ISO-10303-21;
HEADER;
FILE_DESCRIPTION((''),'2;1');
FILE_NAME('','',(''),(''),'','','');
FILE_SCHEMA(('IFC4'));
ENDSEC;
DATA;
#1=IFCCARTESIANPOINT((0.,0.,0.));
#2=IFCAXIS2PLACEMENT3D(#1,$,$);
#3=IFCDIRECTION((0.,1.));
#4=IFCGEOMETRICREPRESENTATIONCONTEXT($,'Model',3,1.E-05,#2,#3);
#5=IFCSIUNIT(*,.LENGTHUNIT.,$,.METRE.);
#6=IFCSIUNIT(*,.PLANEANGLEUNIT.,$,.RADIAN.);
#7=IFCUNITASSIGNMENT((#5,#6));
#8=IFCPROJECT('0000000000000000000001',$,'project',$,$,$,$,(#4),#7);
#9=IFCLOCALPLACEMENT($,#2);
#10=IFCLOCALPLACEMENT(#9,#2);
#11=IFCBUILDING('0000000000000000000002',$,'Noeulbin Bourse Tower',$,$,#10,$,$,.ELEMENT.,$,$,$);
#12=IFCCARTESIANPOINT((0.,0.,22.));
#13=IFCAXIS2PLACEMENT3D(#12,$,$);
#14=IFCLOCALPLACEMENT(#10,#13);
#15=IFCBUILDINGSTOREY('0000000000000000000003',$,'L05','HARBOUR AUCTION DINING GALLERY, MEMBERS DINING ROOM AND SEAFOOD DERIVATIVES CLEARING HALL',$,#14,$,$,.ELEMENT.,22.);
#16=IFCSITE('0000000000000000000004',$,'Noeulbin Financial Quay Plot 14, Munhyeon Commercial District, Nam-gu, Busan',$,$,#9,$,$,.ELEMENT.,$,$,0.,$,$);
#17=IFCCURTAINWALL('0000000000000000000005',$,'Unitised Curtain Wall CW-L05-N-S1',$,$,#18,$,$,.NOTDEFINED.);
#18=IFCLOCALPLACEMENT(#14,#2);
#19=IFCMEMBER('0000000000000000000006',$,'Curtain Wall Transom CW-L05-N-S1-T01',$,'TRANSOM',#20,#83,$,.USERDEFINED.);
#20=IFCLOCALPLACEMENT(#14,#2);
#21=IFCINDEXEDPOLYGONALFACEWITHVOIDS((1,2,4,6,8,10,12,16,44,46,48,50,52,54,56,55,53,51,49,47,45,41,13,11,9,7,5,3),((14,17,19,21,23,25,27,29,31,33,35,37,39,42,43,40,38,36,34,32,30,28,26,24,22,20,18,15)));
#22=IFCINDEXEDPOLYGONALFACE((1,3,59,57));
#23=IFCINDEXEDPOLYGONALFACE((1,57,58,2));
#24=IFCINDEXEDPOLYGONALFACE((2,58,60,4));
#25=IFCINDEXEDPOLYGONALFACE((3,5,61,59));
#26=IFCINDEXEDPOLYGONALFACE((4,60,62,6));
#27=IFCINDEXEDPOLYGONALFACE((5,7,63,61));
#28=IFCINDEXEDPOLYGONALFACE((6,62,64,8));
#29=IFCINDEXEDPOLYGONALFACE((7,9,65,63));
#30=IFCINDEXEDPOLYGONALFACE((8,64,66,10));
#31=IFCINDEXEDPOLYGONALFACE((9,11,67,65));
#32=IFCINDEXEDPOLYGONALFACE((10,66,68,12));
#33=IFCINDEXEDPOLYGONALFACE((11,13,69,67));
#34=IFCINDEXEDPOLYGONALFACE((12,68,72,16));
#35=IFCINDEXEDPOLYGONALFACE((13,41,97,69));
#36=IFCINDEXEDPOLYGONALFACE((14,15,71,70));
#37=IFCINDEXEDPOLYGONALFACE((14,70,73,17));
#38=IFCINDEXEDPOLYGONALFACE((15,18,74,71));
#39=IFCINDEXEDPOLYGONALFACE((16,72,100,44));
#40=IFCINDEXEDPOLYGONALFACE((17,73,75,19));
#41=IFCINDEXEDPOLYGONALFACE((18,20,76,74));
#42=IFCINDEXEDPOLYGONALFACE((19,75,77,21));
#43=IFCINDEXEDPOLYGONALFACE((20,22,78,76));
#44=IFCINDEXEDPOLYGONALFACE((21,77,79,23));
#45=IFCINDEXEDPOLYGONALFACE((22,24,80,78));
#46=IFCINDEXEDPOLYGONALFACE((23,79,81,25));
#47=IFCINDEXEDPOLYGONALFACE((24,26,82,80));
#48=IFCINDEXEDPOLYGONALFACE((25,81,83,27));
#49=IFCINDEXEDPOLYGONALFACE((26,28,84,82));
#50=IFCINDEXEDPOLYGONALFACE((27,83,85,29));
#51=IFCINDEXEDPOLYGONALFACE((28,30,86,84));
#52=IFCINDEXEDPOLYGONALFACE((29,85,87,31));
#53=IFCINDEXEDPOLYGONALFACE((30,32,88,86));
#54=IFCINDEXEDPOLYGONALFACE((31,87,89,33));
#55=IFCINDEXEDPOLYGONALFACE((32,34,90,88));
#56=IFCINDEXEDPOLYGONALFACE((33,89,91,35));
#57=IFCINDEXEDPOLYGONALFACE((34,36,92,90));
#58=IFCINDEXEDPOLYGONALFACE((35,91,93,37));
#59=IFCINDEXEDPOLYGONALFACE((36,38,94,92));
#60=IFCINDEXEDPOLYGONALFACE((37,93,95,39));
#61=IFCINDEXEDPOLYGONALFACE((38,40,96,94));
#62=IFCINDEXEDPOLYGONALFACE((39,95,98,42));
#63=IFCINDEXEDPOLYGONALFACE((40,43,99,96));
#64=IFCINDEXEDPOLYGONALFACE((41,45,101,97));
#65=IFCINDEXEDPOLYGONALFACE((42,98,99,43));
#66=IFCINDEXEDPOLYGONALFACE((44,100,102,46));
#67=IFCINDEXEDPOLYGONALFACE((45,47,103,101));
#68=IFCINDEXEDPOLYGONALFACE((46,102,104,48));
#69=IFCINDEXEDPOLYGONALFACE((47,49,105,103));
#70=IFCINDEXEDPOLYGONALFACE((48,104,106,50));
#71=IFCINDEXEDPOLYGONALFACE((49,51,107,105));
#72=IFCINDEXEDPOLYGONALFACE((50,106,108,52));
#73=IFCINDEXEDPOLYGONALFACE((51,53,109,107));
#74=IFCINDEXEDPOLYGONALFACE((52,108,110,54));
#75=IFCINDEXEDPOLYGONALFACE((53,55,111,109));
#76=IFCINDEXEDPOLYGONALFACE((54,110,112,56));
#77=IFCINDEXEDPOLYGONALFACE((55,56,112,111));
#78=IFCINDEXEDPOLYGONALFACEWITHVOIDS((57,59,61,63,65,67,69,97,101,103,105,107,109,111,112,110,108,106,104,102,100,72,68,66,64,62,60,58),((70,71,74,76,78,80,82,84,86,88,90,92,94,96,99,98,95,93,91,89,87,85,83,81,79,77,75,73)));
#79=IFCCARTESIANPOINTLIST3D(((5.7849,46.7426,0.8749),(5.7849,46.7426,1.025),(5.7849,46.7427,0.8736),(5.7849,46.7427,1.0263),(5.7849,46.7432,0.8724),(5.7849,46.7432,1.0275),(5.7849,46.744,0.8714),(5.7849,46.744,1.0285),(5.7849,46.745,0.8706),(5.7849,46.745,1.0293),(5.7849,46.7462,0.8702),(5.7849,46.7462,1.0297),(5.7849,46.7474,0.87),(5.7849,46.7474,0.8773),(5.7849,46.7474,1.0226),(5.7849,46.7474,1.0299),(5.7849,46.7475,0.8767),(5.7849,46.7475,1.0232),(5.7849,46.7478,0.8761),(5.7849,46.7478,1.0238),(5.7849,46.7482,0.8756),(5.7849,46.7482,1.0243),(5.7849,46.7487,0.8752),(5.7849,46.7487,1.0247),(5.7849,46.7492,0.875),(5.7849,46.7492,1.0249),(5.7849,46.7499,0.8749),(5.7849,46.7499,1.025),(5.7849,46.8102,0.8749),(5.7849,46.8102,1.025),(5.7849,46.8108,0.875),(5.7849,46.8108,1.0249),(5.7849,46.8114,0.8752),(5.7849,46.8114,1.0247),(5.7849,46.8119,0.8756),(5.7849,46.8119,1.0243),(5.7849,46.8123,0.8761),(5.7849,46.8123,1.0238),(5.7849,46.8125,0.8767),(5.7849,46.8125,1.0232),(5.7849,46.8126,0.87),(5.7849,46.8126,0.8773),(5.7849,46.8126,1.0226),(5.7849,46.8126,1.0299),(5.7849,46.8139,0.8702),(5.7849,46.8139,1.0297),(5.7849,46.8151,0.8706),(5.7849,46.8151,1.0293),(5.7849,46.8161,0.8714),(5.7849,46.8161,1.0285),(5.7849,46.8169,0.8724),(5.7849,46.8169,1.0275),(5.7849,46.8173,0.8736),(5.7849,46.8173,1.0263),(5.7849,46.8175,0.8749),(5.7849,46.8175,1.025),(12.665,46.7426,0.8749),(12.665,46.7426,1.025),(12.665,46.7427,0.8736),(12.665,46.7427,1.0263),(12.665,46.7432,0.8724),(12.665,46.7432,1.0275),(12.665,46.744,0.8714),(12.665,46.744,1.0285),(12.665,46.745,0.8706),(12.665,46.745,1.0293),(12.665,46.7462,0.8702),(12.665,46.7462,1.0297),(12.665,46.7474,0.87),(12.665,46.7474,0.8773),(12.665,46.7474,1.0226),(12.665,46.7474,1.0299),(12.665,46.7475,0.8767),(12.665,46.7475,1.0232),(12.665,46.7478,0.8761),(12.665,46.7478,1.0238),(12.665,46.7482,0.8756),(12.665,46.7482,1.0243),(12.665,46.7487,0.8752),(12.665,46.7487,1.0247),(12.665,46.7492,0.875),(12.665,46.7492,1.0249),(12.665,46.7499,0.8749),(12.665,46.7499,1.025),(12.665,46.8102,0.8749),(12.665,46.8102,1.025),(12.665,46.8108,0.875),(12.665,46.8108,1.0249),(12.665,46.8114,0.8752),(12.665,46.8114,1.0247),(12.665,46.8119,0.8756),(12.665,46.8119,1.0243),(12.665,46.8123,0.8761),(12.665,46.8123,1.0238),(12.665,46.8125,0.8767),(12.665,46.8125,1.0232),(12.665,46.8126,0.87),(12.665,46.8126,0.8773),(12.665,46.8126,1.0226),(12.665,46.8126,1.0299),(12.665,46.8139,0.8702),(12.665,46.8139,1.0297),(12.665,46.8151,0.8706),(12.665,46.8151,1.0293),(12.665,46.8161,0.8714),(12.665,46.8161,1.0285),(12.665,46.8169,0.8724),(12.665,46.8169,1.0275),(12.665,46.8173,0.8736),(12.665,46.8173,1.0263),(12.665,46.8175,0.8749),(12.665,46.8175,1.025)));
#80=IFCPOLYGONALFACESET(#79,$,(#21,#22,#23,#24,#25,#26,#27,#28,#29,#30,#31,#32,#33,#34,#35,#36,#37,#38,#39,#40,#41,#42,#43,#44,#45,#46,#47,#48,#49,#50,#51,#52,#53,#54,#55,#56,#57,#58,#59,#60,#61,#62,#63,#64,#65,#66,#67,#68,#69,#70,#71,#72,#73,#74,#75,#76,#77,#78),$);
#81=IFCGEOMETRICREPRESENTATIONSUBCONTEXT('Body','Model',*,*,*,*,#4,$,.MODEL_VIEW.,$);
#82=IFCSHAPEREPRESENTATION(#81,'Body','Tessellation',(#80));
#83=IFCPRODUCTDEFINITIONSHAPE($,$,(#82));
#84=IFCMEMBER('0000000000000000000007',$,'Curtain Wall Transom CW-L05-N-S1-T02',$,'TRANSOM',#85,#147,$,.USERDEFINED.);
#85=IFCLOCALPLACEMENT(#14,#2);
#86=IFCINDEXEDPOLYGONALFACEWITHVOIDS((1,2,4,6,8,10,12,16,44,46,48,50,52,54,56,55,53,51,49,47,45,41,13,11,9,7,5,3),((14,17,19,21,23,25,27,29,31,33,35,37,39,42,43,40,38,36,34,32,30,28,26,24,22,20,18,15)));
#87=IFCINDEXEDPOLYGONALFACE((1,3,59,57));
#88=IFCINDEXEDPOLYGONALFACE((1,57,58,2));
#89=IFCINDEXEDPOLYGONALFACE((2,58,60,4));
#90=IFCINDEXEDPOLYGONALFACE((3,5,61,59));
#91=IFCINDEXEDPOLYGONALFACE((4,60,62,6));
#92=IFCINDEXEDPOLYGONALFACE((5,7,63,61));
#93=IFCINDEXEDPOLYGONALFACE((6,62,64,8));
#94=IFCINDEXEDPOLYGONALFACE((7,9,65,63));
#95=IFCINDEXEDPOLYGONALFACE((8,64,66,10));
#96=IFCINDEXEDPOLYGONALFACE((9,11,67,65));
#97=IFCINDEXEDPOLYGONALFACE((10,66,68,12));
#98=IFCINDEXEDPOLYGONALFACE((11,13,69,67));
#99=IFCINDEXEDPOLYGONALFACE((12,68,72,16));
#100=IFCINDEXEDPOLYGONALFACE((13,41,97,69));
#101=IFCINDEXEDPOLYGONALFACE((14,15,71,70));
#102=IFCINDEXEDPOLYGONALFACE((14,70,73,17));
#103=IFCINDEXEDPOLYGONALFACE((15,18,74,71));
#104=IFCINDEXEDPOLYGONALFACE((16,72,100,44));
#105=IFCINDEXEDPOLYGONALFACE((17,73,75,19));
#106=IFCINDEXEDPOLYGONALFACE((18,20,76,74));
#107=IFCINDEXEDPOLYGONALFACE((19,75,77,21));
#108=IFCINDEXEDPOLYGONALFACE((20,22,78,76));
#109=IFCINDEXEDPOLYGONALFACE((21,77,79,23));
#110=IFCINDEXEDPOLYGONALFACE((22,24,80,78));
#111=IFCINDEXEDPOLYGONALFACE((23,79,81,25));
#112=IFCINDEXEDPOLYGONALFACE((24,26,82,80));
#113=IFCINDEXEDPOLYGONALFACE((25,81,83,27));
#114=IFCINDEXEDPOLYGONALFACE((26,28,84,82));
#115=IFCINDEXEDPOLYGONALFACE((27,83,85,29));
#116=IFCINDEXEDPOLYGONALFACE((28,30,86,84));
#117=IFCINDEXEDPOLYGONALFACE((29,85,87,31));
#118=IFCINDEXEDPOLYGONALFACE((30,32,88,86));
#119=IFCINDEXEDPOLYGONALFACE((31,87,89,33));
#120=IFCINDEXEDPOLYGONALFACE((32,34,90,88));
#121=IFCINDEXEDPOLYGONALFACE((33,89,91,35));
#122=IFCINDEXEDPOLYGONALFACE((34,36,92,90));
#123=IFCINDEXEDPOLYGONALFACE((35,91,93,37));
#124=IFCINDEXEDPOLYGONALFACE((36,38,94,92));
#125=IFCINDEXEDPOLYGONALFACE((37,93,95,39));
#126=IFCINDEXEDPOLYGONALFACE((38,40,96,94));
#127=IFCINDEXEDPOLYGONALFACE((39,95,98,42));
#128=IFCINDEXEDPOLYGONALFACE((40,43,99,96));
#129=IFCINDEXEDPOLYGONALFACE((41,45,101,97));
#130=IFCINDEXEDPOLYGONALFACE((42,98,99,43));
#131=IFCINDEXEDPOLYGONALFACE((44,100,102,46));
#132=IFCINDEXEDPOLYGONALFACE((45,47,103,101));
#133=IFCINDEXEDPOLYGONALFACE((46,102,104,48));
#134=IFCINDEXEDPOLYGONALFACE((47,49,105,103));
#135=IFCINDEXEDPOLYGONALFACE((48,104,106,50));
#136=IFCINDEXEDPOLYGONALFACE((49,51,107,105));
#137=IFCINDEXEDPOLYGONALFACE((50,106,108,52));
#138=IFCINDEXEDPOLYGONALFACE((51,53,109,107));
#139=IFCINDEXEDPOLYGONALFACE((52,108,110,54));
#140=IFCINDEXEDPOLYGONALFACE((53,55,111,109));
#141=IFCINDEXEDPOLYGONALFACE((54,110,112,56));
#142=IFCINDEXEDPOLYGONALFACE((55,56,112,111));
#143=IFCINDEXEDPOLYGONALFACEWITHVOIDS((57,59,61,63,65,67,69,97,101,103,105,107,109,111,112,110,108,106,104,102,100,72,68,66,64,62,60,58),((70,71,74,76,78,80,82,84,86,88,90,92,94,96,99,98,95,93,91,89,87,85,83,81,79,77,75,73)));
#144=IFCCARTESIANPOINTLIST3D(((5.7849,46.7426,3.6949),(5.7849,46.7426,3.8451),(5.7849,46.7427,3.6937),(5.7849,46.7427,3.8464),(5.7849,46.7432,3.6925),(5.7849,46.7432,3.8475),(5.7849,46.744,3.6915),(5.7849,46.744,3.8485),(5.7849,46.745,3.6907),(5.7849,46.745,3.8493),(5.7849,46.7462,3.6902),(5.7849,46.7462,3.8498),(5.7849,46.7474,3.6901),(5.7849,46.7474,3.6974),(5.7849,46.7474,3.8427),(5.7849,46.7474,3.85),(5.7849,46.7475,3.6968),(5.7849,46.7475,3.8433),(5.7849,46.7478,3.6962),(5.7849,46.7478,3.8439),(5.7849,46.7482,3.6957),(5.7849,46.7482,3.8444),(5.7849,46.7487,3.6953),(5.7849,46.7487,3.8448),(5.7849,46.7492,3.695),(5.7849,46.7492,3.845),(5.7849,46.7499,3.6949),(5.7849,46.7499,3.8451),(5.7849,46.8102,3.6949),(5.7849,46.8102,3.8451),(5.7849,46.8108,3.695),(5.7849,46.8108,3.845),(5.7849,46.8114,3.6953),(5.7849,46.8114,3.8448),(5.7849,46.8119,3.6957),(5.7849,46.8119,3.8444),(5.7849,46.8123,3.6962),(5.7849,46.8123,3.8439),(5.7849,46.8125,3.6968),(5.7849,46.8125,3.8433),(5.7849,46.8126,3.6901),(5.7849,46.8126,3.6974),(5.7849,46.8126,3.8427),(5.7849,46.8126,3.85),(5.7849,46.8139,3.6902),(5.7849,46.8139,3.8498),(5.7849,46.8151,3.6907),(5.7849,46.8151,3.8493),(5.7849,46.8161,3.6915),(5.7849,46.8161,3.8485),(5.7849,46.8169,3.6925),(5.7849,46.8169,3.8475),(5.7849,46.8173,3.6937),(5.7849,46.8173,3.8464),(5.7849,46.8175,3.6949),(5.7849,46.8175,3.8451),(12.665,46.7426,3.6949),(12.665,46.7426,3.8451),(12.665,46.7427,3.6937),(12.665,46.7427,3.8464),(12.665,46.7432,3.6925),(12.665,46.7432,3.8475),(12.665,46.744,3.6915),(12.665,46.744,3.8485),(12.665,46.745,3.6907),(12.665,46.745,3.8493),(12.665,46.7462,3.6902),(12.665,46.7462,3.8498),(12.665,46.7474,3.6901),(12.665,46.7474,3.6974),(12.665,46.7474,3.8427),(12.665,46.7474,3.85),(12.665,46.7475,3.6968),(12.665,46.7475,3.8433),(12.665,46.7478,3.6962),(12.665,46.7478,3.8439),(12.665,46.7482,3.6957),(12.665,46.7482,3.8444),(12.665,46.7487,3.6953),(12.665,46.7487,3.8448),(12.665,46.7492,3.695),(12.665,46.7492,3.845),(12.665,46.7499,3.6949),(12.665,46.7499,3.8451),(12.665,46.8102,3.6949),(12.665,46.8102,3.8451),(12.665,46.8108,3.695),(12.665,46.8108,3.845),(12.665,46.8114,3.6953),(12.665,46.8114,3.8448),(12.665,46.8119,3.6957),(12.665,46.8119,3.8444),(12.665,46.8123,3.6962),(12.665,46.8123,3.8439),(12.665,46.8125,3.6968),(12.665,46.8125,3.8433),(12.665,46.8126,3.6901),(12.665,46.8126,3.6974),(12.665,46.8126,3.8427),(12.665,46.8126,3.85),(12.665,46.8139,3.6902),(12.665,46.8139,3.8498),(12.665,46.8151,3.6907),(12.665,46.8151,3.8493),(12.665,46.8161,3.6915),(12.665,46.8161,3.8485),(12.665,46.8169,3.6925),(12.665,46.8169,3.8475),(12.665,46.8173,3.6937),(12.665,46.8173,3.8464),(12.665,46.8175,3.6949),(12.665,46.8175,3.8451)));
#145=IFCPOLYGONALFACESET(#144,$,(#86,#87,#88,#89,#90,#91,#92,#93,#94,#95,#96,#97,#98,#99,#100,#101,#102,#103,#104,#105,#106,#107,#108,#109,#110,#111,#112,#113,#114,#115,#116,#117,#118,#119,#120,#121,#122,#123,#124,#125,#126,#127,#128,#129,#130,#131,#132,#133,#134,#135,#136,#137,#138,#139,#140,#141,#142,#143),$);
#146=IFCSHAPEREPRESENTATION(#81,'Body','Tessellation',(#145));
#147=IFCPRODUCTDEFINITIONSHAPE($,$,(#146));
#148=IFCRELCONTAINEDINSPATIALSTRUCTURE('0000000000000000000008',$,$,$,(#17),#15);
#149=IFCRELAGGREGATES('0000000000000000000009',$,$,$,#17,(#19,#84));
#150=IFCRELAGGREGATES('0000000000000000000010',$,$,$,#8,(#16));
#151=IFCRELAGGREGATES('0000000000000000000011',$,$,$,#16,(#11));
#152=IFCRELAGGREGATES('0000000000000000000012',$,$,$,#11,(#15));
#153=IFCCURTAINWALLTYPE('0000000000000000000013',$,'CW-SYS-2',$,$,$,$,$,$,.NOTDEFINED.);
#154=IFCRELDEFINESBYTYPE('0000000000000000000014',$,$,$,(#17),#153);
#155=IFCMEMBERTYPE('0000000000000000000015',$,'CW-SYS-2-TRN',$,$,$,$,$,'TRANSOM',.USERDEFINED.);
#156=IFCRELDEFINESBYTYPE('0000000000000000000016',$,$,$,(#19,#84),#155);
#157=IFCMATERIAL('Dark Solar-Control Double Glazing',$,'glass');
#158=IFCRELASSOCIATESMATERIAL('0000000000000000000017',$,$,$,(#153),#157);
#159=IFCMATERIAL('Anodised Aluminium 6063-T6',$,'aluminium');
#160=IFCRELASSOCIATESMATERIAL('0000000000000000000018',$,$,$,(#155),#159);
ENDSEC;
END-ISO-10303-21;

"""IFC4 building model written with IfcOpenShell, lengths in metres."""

from ifc_helpers import new_model, si_unit, direction, frame, origin, origin_2d, place, context, subcontext, project, spatial, hollow_rectangle, extrude, material, material_profile, profile_set, type_object, element, aggregate, save


model = new_model("IFC4")

# Units and contexts
model_context = context("Model", 3, precision=1e-05, world=origin(), true_north=direction((0.0, 1.0)))
body_context = subcontext(model_context, "Body", "Model", "MODEL_VIEW")
ifc_project = project(units=[si_unit("LENGTHUNIT", "METRE"), si_unit("PLANEANGLEUNIT", "RADIAN")], contexts=[model_context])

# Site, building, storey
site_placement = place(None, origin())
site = spatial("IfcSite", under=ifc_project, at=site_placement, Name="Noeulbin Financial Quay Plot 14, Munhyeon Commercial District, Nam-gu, Busan", CompositionType="ELEMENT", RefElevation=0.0)
building_placement = place(site_placement, origin())
building = spatial("IfcBuilding", under=site, at=building_placement, Name="Noeulbin Bourse Tower", CompositionType="ELEMENT")
storey_placement = place(building_placement, frame((0.0, 0.0, 22.0)))
storey = spatial("IfcBuildingStorey", under=building, at=storey_placement, Name="L05", Description="HARBOUR AUCTION DINING GALLERY, MEMBERS DINING ROOM AND SEAFOOD DERIVATIVES CLEARING HALL", CompositionType="ELEMENT", Elevation=22.0)

# Curtain wall
ifc_material_1 = material(Name="Dark Solar-Control Double Glazing", Category="glass")
curtain_wall_type = type_object("IfcCurtainWallType", Name="CW-SYS-2", PredefinedType="NOTDEFINED", material=ifc_material_1)
curtain_wall_1_placement = place(storey_placement, origin())
curtain_wall_1 = element("IfcCurtainWall", 1, at=curtain_wall_1_placement, inside=storey, type_object=curtain_wall_type, Name="Unitised Curtain Wall CW-L05-N-S1", PredefinedType="NOTDEFINED")
ifc_material_2 = material(Name="Anodised Aluminium 6063-T6", Category="aluminium")

# Members
ifc_material_profile_1 = material_profile(ifc_material_2, hollow_rectangle(XDim=0.075, YDim=0.1599, WallThickness=0.0049, InnerFilletRadius=0.0024, OuterFilletRadius=0.0049, at=origin_2d()), Name="ALU-TRAN-75x160x5", Category="LoadBearing")
ifc_profile_set_1 = profile_set([ifc_material_profile_1], Name="Anodised Aluminium 6063-T6")
member_type_1 = type_object("IfcMemberType", Name="CW-SYS-2-TRN", ElementType="TRANSOM", PredefinedType="USERDEFINED", material=ifc_profile_set_1)
member_1_placement = place(storey_placement, frame((5.7849, 46.78, 0.95), z_axis=(1.0, 0.0, 0.0), x_axis=(0.0, 1.0, 0.0)))
member_1 = element("IfcMember", 2, at=member_1_placement, type_object=member_type_1, Name="Curtain Wall Transom CW-L05-N-S1-T01", ObjectType="TRANSOM", PredefinedType="USERDEFINED", context=body_context, shape_type="SweptSolid", body=[
    extrude(hollow_rectangle(XDim=0.075, YDim=0.1599, WallThickness=0.0049, InnerFilletRadius=0.0024, OuterFilletRadius=0.0049, at=origin_2d()), origin(), (0.0, 0.0, 1.0), 6.8801),
])
member_2_placement = place(storey_placement, frame((5.7849, 46.78, 3.77), z_axis=(1.0, 0.0, 0.0), x_axis=(0.0, 1.0, 0.0)))
member_2 = element("IfcMember", 3, at=member_2_placement, type_object=member_type_1, Name="Curtain Wall Transom CW-L05-N-S1-T02", ObjectType="TRANSOM", PredefinedType="USERDEFINED", context=body_context, shape_type="SweptSolid", body=[
    extrude(hollow_rectangle(XDim=0.075, YDim=0.1599, WallThickness=0.0049, InnerFilletRadius=0.0024, OuterFilletRadius=0.0049, at=origin_2d()), origin(), (0.0, 0.0, 1.0), 6.8801),
])
aggregate(curtain_wall_1, [member_1, member_2])

save(model, "model.ifc")
